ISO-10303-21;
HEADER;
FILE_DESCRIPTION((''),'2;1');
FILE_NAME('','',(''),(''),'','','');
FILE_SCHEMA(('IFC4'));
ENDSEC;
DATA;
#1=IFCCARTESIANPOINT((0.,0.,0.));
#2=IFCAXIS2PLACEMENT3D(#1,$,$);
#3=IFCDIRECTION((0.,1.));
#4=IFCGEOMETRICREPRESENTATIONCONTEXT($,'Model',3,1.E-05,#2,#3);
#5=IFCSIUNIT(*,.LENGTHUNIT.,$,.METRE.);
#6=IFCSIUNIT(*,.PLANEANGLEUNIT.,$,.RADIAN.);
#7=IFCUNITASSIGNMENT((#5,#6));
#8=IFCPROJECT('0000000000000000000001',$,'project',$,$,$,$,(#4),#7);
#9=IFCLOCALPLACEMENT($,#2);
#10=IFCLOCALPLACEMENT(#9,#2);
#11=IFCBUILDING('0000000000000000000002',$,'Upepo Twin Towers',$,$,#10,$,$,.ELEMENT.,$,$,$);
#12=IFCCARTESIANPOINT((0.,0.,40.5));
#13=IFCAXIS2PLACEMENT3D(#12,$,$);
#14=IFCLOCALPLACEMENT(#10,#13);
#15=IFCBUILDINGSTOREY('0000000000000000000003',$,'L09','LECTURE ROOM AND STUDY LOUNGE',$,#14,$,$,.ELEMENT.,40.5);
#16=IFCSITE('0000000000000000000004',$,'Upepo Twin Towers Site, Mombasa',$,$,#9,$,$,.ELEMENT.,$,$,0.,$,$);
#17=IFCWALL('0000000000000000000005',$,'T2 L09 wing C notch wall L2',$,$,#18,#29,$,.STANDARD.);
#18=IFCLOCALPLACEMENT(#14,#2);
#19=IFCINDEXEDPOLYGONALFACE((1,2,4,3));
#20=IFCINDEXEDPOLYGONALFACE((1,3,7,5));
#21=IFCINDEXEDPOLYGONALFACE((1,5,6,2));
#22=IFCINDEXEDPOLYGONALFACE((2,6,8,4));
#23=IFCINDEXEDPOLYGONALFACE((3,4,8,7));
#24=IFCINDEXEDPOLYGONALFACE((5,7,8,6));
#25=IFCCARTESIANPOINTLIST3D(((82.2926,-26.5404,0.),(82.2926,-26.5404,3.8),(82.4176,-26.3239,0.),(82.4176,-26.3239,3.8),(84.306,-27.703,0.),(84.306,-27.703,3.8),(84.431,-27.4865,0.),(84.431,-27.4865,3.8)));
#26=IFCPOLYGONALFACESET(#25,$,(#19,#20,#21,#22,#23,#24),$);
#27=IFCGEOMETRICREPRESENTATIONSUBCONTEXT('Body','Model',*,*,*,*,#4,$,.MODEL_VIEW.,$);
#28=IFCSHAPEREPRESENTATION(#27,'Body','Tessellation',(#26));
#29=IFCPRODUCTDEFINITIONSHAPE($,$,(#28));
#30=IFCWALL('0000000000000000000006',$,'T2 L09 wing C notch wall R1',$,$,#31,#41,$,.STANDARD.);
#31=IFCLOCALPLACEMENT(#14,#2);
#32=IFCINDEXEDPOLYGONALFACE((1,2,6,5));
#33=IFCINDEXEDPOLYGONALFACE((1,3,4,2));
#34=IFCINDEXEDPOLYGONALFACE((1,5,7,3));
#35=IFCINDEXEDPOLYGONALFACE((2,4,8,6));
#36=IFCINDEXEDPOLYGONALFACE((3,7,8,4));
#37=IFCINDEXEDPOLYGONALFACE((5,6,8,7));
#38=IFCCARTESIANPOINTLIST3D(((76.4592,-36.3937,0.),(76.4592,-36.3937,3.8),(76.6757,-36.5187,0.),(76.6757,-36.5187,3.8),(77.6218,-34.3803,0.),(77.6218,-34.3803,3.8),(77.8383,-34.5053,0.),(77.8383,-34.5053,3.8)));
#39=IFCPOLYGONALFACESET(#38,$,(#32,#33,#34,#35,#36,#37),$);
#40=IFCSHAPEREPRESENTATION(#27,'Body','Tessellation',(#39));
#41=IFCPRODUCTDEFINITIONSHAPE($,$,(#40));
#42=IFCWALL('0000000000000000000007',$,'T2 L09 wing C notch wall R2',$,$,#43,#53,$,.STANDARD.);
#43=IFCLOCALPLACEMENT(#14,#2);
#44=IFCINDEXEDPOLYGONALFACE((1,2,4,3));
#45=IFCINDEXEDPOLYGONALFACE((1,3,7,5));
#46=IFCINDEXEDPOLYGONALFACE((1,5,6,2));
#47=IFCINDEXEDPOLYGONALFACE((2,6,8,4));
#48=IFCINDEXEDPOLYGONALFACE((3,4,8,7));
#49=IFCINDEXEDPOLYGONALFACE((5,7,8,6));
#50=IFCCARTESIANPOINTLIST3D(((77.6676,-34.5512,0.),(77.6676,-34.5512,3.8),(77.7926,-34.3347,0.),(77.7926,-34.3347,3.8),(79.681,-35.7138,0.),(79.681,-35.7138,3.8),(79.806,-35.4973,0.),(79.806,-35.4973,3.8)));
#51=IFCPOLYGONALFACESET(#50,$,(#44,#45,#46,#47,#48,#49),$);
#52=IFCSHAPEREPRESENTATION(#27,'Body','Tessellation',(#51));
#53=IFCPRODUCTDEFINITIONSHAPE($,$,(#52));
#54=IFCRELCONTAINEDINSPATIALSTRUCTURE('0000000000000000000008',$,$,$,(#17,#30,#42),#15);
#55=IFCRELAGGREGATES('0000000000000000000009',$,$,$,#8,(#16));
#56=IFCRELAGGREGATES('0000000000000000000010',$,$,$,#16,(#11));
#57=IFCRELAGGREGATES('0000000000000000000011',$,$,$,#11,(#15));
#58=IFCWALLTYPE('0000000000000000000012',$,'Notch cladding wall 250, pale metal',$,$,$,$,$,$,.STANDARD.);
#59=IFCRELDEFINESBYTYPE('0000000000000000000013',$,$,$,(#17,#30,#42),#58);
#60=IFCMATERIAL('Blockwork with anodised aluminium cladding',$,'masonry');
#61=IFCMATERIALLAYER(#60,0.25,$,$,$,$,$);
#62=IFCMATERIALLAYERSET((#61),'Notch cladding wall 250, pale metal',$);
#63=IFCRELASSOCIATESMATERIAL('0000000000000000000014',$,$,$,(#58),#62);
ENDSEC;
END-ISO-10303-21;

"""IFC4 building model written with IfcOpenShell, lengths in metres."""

from ifc_helpers import new_model, si_unit, direction, frame, frame_2d, origin, place, context, subcontext, project, spatial, rectangle, extrude, material, layer, layer_set, type_object, element, save


model = new_model("IFC4")

# Units and contexts
model_context = context("Model", 3, precision=1e-05, world=origin(), true_north=direction((0.0, 1.0)))
body_context = subcontext(model_context, "Body", "Model", "MODEL_VIEW")
ifc_project = project(units=[si_unit("LENGTHUNIT", "METRE"), si_unit("PLANEANGLEUNIT", "RADIAN")], contexts=[model_context])

# Site, building, storey
site_placement = place(None, origin())
site = spatial("IfcSite", under=ifc_project, at=site_placement, Name="Upepo Twin Towers Site, Mombasa", CompositionType="ELEMENT", RefElevation=0.0)
building_placement = place(site_placement, origin())
building = spatial("IfcBuilding", under=site, at=building_placement, Name="Upepo Twin Towers", CompositionType="ELEMENT")
storey_placement = place(building_placement, frame((0.0, 0.0, 40.5)))
storey = spatial("IfcBuildingStorey", under=building, at=storey_placement, Name="L09", Description="LECTURE ROOM AND STUDY LOUNGE", CompositionType="ELEMENT", Elevation=40.5)

# Walls
ifc_material_1 = material(Name="Blockwork with anodised aluminium cladding", Category="masonry")
ifc_layer_1 = layer(ifc_material_1, 0.25)
ifc_layer_set_1 = layer_set([ifc_layer_1], Name="Notch cladding wall 250, pale metal")
wall_type_1 = type_object("IfcWallType", Name="Notch cladding wall 250, pale metal", PredefinedType="STANDARD", material=ifc_layer_set_1)
for number, where, z_axis, x_axis, name in (
    (1, (82.355, -26.4321, 0.0), (0.0, 0.0, 1.0), (0.865998, -0.500047, 0.0), "T2 L09 wing C notch wall L2"),
    (2, (76.5674, -36.4563, 0.0), (0.0, 0.0, 1.0), (0.500047, 0.865998, 0.0), "T2 L09 wing C notch wall R1"),
    (3, (77.73, -34.4429, 0.0), (0.0, 0.0, 1.0), (0.865998, -0.500047, 0.0), "T2 L09 wing C notch wall R2"),
):
    element("IfcWall", number, at=place(storey_placement, frame(where, z_axis=z_axis, x_axis=x_axis)), inside=storey, type_object=wall_type_1, Name=name, PredefinedType="STANDARD", context=body_context, shape_type="SweptSolid", body=[
        extrude(rectangle(XDim=2.325, YDim=0.25, at=frame_2d((1.1626, 0.0))), origin(), (0.0, 0.0, 1.0), 3.8),
    ])

save(model, "model.ifc")
